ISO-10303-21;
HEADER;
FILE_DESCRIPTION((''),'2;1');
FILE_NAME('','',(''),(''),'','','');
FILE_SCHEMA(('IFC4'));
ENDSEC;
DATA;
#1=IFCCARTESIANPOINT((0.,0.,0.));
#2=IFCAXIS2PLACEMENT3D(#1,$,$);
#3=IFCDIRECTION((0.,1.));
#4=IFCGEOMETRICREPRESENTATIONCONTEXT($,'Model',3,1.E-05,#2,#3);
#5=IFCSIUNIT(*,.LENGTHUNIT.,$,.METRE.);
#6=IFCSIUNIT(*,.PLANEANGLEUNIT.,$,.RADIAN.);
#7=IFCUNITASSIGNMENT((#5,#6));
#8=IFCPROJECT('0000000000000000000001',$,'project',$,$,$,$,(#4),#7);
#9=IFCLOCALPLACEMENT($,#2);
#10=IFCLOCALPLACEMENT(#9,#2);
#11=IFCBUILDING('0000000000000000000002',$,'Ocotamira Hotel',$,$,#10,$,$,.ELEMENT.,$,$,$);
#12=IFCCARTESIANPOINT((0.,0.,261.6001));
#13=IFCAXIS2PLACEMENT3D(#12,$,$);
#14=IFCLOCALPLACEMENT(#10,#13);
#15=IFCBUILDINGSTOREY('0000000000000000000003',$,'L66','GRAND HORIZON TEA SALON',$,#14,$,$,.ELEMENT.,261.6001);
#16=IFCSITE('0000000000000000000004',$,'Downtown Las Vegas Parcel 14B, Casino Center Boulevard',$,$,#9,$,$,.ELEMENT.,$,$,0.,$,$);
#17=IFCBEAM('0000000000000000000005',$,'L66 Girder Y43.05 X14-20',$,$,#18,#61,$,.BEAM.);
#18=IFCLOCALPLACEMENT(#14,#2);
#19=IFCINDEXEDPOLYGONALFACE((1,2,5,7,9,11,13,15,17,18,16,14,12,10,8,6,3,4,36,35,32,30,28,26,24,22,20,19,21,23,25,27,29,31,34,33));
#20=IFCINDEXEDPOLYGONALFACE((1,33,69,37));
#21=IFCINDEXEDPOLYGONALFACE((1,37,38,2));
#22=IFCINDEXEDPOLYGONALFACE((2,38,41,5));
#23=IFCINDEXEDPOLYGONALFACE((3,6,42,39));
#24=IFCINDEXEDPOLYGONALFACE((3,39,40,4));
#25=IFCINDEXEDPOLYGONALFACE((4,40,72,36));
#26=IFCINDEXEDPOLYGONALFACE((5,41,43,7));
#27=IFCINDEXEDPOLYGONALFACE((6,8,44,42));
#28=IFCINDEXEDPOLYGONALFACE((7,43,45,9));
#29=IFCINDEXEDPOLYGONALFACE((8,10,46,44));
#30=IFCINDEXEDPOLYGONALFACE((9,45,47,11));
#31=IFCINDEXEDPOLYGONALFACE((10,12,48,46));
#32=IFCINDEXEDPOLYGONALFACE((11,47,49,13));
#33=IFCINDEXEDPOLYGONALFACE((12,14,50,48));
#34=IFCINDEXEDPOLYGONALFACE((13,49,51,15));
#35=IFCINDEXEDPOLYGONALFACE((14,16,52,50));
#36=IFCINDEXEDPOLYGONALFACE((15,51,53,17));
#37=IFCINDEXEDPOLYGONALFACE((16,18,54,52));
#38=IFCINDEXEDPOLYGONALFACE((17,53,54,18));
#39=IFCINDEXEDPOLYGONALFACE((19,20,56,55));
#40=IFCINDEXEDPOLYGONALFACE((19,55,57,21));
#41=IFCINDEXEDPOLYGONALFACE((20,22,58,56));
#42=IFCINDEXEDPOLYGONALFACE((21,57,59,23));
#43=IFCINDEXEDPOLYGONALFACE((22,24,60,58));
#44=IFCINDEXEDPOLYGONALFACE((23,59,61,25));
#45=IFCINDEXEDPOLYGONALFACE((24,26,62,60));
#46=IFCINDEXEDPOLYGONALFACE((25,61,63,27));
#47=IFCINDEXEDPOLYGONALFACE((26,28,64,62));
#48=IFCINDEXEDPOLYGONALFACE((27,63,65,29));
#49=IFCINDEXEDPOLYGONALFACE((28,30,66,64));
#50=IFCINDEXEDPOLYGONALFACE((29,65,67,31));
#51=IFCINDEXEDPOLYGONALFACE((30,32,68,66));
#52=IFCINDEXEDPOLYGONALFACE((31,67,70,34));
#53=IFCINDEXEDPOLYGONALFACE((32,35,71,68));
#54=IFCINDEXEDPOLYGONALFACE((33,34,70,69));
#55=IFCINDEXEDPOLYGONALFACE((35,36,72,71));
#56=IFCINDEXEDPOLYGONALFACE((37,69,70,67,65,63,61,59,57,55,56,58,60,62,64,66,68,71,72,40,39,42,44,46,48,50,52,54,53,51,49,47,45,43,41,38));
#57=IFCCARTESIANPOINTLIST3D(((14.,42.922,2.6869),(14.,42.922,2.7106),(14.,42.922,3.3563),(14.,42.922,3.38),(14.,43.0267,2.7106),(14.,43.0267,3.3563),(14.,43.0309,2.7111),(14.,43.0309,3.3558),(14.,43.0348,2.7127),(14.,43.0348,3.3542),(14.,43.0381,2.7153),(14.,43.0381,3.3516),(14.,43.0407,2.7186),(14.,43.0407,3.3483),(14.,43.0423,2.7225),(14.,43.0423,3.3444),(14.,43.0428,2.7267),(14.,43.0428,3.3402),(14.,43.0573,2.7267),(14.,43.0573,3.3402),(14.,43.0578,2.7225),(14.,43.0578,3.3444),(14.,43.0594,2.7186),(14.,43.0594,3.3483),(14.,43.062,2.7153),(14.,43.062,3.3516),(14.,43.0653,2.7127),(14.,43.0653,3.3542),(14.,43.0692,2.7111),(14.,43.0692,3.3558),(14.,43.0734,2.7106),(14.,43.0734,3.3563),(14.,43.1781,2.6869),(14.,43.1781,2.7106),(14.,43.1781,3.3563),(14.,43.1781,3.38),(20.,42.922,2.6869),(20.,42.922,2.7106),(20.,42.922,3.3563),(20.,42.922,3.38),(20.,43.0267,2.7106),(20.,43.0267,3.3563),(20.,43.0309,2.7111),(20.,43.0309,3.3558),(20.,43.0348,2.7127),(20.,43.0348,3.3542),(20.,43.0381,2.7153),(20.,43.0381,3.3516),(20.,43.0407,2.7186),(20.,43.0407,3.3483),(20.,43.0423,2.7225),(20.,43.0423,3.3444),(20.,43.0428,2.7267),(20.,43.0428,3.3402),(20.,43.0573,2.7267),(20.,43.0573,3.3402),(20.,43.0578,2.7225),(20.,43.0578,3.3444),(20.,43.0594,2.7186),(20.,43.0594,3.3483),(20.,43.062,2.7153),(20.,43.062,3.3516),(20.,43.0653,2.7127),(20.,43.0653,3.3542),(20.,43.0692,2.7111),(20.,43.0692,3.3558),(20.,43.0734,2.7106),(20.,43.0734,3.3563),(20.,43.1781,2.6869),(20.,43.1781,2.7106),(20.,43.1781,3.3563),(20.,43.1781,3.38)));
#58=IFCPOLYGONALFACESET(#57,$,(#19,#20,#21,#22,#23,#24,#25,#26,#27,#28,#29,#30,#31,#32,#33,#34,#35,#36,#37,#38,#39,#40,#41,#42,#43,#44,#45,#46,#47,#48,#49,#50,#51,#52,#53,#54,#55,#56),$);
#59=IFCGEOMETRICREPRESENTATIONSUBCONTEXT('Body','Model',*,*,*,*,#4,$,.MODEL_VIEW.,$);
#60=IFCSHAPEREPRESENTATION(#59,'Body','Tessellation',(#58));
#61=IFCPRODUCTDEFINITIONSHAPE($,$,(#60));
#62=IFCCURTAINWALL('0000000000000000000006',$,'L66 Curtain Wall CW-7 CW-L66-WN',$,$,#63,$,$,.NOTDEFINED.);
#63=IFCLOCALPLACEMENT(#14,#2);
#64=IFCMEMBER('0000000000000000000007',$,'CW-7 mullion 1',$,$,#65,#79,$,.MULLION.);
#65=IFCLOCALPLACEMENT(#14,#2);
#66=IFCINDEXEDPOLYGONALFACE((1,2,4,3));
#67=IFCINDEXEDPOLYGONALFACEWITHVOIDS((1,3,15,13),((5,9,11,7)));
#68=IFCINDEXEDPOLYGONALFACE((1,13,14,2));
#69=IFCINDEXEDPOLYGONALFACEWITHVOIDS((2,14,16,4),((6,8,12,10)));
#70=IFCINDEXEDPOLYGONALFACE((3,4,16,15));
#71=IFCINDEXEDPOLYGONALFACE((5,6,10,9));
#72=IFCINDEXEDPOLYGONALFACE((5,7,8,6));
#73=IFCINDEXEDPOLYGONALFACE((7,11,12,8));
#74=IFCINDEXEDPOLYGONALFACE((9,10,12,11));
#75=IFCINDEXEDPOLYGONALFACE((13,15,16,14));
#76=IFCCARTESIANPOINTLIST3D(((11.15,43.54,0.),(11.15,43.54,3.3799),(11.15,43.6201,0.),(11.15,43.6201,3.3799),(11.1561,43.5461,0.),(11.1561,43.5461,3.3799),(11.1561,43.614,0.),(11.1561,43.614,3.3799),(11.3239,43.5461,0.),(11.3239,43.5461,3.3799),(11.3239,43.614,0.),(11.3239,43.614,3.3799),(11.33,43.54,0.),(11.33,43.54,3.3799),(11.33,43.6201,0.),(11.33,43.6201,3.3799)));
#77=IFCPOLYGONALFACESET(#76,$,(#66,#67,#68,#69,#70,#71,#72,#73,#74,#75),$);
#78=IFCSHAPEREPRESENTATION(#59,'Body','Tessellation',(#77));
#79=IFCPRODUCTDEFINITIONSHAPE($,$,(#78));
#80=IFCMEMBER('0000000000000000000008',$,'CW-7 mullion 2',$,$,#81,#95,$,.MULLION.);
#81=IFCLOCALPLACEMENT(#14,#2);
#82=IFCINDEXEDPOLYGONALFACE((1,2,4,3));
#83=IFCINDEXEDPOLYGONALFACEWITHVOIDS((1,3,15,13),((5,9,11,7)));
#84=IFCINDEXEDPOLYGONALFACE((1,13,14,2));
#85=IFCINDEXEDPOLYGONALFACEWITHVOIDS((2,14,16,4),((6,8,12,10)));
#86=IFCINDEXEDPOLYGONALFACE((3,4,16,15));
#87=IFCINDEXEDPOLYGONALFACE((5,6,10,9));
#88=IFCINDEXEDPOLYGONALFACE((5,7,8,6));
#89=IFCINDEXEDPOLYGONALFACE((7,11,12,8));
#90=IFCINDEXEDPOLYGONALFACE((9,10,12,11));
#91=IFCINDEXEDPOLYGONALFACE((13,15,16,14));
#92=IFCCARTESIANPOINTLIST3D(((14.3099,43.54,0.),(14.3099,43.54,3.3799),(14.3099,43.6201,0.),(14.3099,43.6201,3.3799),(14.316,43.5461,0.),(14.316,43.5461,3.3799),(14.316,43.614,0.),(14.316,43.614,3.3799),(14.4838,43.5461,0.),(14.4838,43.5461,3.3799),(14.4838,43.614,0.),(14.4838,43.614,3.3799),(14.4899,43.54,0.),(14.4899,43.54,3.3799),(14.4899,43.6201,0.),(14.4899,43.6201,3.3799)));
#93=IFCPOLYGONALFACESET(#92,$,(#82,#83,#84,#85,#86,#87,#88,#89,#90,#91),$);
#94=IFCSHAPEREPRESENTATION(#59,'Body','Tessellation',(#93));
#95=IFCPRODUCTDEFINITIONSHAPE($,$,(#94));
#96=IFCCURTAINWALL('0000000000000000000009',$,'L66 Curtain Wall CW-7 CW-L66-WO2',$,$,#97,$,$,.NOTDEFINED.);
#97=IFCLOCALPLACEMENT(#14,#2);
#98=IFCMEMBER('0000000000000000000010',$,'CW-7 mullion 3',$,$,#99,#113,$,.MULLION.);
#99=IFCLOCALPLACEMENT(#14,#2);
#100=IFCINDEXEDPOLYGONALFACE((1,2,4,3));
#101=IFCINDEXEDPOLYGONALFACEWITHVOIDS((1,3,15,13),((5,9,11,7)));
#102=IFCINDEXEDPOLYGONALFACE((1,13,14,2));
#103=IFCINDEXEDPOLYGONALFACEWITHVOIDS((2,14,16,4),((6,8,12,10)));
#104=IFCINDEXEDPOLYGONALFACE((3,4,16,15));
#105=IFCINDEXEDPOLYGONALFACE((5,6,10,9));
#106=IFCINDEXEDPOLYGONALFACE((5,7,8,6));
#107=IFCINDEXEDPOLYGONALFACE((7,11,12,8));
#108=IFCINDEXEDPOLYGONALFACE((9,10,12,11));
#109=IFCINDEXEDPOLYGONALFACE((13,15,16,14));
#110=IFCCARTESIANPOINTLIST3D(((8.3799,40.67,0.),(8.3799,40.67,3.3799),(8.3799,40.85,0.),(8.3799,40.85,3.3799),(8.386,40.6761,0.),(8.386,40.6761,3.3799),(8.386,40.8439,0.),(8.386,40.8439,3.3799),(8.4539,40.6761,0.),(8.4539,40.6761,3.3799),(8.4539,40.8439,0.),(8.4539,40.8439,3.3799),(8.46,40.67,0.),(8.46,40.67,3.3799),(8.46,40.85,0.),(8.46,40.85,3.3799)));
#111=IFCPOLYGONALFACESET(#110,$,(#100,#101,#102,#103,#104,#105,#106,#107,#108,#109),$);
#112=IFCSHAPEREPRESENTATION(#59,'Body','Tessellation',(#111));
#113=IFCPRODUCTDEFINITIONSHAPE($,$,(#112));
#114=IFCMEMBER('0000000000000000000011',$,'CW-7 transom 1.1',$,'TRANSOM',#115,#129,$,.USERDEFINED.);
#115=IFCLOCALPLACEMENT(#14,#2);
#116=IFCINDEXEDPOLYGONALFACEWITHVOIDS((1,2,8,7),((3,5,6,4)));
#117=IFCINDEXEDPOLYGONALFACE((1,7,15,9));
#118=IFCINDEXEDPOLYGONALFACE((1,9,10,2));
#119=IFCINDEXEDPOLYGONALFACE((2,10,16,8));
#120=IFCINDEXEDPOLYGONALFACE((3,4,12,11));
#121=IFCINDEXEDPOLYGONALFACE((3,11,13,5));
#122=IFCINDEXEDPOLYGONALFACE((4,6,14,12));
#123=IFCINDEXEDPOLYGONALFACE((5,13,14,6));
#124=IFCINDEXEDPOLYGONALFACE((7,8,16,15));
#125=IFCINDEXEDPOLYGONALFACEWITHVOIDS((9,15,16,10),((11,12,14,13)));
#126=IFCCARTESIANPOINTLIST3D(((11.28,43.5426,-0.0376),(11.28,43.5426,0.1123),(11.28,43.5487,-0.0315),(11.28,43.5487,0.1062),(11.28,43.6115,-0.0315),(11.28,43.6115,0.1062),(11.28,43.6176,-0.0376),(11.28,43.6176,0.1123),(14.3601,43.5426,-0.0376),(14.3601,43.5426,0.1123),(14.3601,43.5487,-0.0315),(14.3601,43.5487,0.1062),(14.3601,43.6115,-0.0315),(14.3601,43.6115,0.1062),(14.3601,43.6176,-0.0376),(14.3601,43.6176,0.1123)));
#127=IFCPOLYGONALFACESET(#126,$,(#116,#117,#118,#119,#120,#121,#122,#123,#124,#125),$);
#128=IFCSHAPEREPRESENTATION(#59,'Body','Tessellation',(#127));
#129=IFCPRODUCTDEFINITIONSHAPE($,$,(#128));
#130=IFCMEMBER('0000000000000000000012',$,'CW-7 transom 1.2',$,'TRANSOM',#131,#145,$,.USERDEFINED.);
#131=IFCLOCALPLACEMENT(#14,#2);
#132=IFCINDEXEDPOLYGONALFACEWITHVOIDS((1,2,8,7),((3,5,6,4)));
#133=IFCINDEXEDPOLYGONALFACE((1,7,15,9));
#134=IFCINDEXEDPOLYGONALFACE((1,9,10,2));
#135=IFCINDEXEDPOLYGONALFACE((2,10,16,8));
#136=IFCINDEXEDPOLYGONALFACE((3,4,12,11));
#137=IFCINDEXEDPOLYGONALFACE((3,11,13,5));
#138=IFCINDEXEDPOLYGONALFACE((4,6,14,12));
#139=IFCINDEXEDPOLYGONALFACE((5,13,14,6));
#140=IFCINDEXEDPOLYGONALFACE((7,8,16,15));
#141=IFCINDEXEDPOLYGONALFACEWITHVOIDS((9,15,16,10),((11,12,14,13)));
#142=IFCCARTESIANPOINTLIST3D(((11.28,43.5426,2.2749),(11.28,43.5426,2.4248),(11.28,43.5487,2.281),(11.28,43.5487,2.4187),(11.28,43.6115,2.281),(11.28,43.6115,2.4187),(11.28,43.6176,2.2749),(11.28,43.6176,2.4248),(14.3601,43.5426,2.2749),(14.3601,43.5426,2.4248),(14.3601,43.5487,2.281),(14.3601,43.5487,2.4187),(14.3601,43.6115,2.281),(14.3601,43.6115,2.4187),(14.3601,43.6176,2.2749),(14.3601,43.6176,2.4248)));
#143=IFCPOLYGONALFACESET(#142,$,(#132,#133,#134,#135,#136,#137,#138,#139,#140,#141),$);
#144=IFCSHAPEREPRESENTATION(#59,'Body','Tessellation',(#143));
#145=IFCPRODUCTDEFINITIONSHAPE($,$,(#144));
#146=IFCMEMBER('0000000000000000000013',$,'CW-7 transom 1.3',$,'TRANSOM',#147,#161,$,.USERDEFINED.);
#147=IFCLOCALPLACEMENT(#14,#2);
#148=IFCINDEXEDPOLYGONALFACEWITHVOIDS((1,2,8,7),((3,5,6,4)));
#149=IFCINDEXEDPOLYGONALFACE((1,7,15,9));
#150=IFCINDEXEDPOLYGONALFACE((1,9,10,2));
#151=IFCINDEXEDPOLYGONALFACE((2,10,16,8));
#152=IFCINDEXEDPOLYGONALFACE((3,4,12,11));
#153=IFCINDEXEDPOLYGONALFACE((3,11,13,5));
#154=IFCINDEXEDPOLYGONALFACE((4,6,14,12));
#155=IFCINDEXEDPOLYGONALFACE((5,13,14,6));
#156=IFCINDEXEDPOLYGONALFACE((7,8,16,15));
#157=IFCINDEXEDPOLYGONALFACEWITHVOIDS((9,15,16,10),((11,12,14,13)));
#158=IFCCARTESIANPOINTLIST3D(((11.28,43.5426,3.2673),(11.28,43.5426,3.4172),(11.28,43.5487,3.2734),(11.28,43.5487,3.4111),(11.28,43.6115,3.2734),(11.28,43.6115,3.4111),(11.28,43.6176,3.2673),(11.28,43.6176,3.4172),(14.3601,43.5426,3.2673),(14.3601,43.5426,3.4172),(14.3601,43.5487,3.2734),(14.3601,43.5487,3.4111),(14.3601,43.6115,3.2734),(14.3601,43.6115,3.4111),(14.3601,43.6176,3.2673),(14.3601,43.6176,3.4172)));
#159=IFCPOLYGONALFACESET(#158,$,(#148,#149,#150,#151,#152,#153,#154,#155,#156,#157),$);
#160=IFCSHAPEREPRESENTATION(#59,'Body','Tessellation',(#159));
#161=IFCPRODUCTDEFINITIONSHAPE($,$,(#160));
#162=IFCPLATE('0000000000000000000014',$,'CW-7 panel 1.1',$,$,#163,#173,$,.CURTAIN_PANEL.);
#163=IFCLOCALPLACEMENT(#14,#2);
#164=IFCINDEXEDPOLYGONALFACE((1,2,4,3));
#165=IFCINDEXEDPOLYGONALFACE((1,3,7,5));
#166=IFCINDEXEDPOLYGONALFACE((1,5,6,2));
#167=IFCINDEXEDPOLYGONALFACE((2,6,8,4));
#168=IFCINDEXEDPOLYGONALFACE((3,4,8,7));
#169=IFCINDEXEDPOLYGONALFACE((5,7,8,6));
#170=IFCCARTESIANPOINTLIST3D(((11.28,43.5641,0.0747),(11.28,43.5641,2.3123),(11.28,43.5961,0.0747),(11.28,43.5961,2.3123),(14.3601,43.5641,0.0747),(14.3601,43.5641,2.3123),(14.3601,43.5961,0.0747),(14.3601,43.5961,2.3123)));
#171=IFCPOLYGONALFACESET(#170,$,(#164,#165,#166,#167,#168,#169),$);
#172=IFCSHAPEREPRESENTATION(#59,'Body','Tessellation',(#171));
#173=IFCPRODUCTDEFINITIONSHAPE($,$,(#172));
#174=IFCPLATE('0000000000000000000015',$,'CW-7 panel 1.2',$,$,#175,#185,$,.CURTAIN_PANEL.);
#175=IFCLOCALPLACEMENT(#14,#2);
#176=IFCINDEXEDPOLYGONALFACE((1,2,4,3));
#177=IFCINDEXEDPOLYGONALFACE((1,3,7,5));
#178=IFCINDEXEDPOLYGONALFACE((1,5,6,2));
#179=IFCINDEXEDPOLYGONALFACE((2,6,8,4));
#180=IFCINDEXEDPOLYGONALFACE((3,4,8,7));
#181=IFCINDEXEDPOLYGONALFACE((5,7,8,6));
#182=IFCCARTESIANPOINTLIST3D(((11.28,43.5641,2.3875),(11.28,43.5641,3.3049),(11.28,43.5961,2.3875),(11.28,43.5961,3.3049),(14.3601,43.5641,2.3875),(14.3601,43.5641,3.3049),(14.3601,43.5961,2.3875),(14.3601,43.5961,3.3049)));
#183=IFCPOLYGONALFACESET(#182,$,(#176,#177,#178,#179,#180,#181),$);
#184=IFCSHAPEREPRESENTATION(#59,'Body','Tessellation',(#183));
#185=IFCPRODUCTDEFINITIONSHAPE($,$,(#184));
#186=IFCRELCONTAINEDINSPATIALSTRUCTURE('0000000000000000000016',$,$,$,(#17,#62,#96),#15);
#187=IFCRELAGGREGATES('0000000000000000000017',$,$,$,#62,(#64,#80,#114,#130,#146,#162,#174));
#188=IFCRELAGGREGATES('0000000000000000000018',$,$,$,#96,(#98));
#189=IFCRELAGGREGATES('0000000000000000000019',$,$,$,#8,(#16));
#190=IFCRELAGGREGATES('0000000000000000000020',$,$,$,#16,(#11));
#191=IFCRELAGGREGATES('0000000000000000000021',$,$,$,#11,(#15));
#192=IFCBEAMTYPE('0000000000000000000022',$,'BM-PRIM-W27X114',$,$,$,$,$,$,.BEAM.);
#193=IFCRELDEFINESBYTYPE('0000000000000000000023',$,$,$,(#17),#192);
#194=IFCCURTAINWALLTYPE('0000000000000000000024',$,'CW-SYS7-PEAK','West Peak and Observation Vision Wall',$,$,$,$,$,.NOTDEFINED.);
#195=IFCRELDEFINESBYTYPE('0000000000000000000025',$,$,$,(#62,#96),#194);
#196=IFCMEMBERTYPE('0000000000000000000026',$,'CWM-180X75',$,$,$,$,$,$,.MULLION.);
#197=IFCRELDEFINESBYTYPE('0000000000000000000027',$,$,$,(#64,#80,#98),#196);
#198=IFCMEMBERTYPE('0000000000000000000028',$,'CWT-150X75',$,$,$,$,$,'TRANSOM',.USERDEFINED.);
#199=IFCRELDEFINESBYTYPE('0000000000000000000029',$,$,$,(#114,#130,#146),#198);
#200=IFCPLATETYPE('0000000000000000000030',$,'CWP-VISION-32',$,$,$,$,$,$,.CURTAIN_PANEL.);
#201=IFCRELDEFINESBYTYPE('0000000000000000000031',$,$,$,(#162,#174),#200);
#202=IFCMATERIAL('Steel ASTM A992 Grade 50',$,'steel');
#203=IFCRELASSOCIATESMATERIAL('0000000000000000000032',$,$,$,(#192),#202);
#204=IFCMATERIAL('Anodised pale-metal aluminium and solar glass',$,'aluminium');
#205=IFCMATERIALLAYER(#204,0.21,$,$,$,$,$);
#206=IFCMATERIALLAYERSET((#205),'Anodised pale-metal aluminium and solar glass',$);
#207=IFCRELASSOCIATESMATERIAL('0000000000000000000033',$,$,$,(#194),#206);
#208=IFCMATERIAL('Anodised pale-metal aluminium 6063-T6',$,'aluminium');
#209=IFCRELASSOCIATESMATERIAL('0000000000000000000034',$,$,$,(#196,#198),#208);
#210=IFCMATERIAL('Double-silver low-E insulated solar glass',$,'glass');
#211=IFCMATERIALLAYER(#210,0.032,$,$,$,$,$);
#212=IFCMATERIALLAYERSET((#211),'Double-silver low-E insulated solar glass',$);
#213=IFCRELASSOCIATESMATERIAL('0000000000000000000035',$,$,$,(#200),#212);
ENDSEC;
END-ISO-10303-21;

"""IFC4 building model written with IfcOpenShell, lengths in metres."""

from ifc_helpers import new_model, si_unit, direction, frame, origin, origin_2d, place, context, subcontext, project, spatial, rectangle, hollow_rectangle, i_section, extrude, source, transform, mapped, material, layer, layer_set, material_profile, profile_set, type_object, element, aggregate, save


model = new_model("IFC4")

# Units and contexts
model_context = context("Model", 3, precision=1e-05, world=origin(), true_north=direction((0.0, 1.0)))
body_context = subcontext(model_context, "Body", "Model", "MODEL_VIEW")
ifc_project = project(units=[si_unit("LENGTHUNIT", "METRE"), si_unit("PLANEANGLEUNIT", "RADIAN")], contexts=[model_context])

# Site, building, storey
site_placement = place(None, origin())
site = spatial("IfcSite", under=ifc_project, at=site_placement, Name="Downtown Las Vegas Parcel 14B, Casino Center Boulevard", CompositionType="ELEMENT", RefElevation=0.0)
building_placement = place(site_placement, origin())
building = spatial("IfcBuilding", under=site, at=building_placement, Name="Ocotamira Hotel", CompositionType="ELEMENT")
storey_placement = place(building_placement, frame((0.0, 0.0, 261.6001)))
storey = spatial("IfcBuildingStorey", under=building, at=storey_placement, Name="L66", Description="GRAND HORIZON TEA SALON", CompositionType="ELEMENT", Elevation=261.6001)

# Shared definitions
ifc_material_1 = material(Name="Steel ASTM A992 Grade 50", Category="steel")

# Beam
ifc_material_profile_1 = material_profile(ifc_material_1, i_section(OverallWidth=0.2561, OverallDepth=0.6931, WebThickness=0.0144, FlangeThickness=0.0237, FilletRadius=0.0161, at=origin_2d()), Name="W27X114")
ifc_profile_set_1 = profile_set([ifc_material_profile_1], Name="Steel ASTM A992 Grade 50")
beam_type_1 = type_object("IfcBeamType", Name="BM-PRIM-W27X114", PredefinedType="BEAM", material=ifc_profile_set_1)
shared_shape_1 = source(origin(), body_context, "Body", "SweptSolid", [
    extrude(i_section(OverallWidth=0.2561, OverallDepth=0.6931, WebThickness=0.0144, FlangeThickness=0.0237, FilletRadius=0.0161, at=origin_2d()), origin(), (0.0, 0.0, 1.0), 6.0),
])
beam_1_placement = place(storey_placement, frame((14.0, 43.05, 3.0334), z_axis=(1.0, 0.0, 0.0), x_axis=(0.0, 1.0, 0.0)))
element("IfcBeam", 1, at=beam_1_placement, inside=storey, type_object=beam_type_1, Name="L66 Girder Y43.05 X14-20", PredefinedType="BEAM", context=body_context, shape_type="MappedRepresentation", body=[
    mapped(shared_shape_1, transform((0.0, 0.0, 0.0), scale=1.0)),
])

# Curtain wall, members
ifc_material_2 = material(Name="Anodised pale-metal aluminium and solar glass", Category="aluminium")
ifc_layer_1 = layer(ifc_material_2, 0.21)
ifc_layer_set_1 = layer_set([ifc_layer_1], Name="Anodised pale-metal aluminium and solar glass")
curtain_wall_type = type_object("IfcCurtainWallType", Name="CW-SYS7-PEAK", Description="West Peak and Observation Vision Wall", PredefinedType="NOTDEFINED", material=ifc_layer_set_1)
curtain_wall_1_placement = place(storey_placement, origin())
curtain_wall_1 = element("IfcCurtainWall", 2, at=curtain_wall_1_placement, inside=storey, type_object=curtain_wall_type, Name="L66 Curtain Wall CW-7 CW-L66-WN", PredefinedType="NOTDEFINED")
ifc_material_3 = material(Name="Anodised pale-metal aluminium 6063-T6", Category="aluminium")
ifc_material_profile_2 = material_profile(ifc_material_3, hollow_rectangle(XDim=0.0801, YDim=0.1799, WallThickness=0.0061, at=origin_2d()), Name="HSS180X80X6")
ifc_profile_set_2 = profile_set([ifc_material_profile_2], Name="Anodised pale-metal aluminium 6063-T6")
member_type_1 = type_object("IfcMemberType", Name="CWM-180X75", PredefinedType="MULLION", material=ifc_profile_set_2)
shared_shape_2 = source(origin(), body_context, "Body", "SweptSolid", [
    extrude(hollow_rectangle(XDim=0.0801, YDim=0.1799, WallThickness=0.0061, at=origin_2d()), origin(), (0.0, 0.0, 1.0), 3.3799),
])
member_1_placement = place(storey_placement, frame((11.24, 43.5801, 0.0), z_axis=(0.0, 0.0, 1.0), x_axis=(0.0, 1.0, 0.0)))
member_1 = element("IfcMember", 3, at=member_1_placement, type_object=member_type_1, Name="CW-7 mullion 1", PredefinedType="MULLION", context=body_context, shape_type="MappedRepresentation", body=[
    mapped(shared_shape_2, transform((0.0, 0.0, 0.0), scale=1.0)),
])
member_2_placement = place(storey_placement, frame((14.3999, 43.5801, 0.0), z_axis=(0.0, 0.0, 1.0), x_axis=(0.0, 1.0, 0.0)))
member_2 = element("IfcMember", 4, at=member_2_placement, type_object=member_type_1, Name="CW-7 mullion 2", PredefinedType="MULLION", context=body_context, shape_type="MappedRepresentation", body=[
    mapped(shared_shape_2, transform((0.0, 0.0, 0.0), scale=1.0)),
])

# Curtain wall, member
curtain_wall_2_placement = place(storey_placement, origin())
curtain_wall_2 = element("IfcCurtainWall", 5, at=curtain_wall_2_placement, inside=storey, type_object=curtain_wall_type, Name="L66 Curtain Wall CW-7 CW-L66-WO2", PredefinedType="NOTDEFINED")
member_3_placement = place(storey_placement, frame((8.4199, 40.76, 0.0), z_axis=(0.0, 0.0, 1.0), x_axis=(-1.0, 0.0, 0.0)))
member_3 = element("IfcMember", 6, at=member_3_placement, type_object=member_type_1, Name="CW-7 mullion 3", PredefinedType="MULLION", context=body_context, shape_type="MappedRepresentation", body=[
    mapped(shared_shape_2, transform((0.0, 0.0, 0.0), scale=1.0)),
])

# Members
ifc_material_profile_3 = material_profile(ifc_material_3, hollow_rectangle(XDim=0.075, YDim=0.1499, WallThickness=0.0061, at=origin_2d()), Name="HSS150X75X6")
ifc_profile_set_3 = profile_set([ifc_material_profile_3], Name="Anodised pale-metal aluminium 6063-T6")
member_type_2 = type_object("IfcMemberType", Name="CWT-150X75", ElementType="TRANSOM", PredefinedType="USERDEFINED", material=ifc_profile_set_3)
shared_shape_3 = source(origin(), body_context, "Body", "SweptSolid", [
    extrude(hollow_rectangle(XDim=0.075, YDim=0.1499, WallThickness=0.0061, at=origin_2d()), origin(), (0.0, 0.0, 1.0), 3.0801),
])
member_4_placement = place(storey_placement, frame((11.28, 43.5801, 0.0374), z_axis=(1.0, 0.0, 0.0), x_axis=(0.0, 1.0, 0.0)))
member_4 = element("IfcMember", 7, at=member_4_placement, type_object=member_type_2, Name="CW-7 transom 1.1", ObjectType="TRANSOM", PredefinedType="USERDEFINED", context=body_context, shape_type="MappedRepresentation", body=[
    mapped(shared_shape_3, transform((0.0, 0.0, 0.0), scale=1.0)),
])
member_5_placement = place(storey_placement, frame((11.28, 43.5801, 2.3499), z_axis=(1.0, 0.0, 0.0), x_axis=(0.0, 1.0, 0.0)))
member_5 = element("IfcMember", 8, at=member_5_placement, type_object=member_type_2, Name="CW-7 transom 1.2", ObjectType="TRANSOM", PredefinedType="USERDEFINED", context=body_context, shape_type="MappedRepresentation", body=[
    mapped(shared_shape_3, transform((0.0, 0.0, 0.0), scale=1.0)),
])
member_6_placement = place(storey_placement, frame((11.28, 43.5801, 3.3423), z_axis=(1.0, 0.0, 0.0), x_axis=(0.0, 1.0, 0.0)))
member_6 = element("IfcMember", 9, at=member_6_placement, type_object=member_type_2, Name="CW-7 transom 1.3", ObjectType="TRANSOM", PredefinedType="USERDEFINED", context=body_context, shape_type="MappedRepresentation", body=[
    mapped(shared_shape_3, transform((0.0, 0.0, 0.0), scale=1.0)),
])

# Plates
ifc_material_4 = material(Name="Double-silver low-E insulated solar glass", Category="glass")
ifc_layer_2 = layer(ifc_material_4, 0.032)
ifc_layer_set_2 = layer_set([ifc_layer_2], Name="Double-silver low-E insulated solar glass")
plate_type = type_object("IfcPlateType", Name="CWP-VISION-32", PredefinedType="CURTAIN_PANEL", material=ifc_layer_set_2)
shared_shape_4 = source(origin(), body_context, "Body", "SweptSolid", [
    extrude(rectangle(XDim=3.0801, YDim=0.032, at=origin_2d()), origin(), (0.0, 0.0, 1.0), 2.2375),
])
plate_1_placement = place(storey_placement, frame((12.8201, 43.5801, 0.0747), z_axis=(0.0, 0.0, 1.0), x_axis=(1.0, 0.0, 0.0)))
plate_1 = element("IfcPlate", 10, at=plate_1_placement, type_object=plate_type, Name="CW-7 panel 1.1", PredefinedType="CURTAIN_PANEL", context=body_context, shape_type="MappedRepresentation", body=[
    mapped(shared_shape_4, transform((0.0, 0.0, 0.0), scale=1.0)),
])
shared_shape_5 = source(origin(), body_context, "Body", "SweptSolid", [
    extrude(rectangle(XDim=3.0801, YDim=0.032, at=origin_2d()), origin(), (0.0, 0.0, 1.0), 0.9175),
])
plate_2_placement = place(storey_placement, frame((12.8201, 43.5801, 2.3875), z_axis=(0.0, 0.0, 1.0), x_axis=(1.0, 0.0, 0.0)))
plate_2 = element("IfcPlate", 11, at=plate_2_placement, type_object=plate_type, Name="CW-7 panel 1.2", PredefinedType="CURTAIN_PANEL", context=body_context, shape_type="MappedRepresentation", body=[
    mapped(shared_shape_5, transform((0.0, 0.0, 0.0), scale=1.0)),
])
aggregate(curtain_wall_1, [member_1, member_2, member_4, member_5, member_6, plate_1, plate_2])
aggregate(curtain_wall_2, [member_3])

save(model, "model.ifc")
